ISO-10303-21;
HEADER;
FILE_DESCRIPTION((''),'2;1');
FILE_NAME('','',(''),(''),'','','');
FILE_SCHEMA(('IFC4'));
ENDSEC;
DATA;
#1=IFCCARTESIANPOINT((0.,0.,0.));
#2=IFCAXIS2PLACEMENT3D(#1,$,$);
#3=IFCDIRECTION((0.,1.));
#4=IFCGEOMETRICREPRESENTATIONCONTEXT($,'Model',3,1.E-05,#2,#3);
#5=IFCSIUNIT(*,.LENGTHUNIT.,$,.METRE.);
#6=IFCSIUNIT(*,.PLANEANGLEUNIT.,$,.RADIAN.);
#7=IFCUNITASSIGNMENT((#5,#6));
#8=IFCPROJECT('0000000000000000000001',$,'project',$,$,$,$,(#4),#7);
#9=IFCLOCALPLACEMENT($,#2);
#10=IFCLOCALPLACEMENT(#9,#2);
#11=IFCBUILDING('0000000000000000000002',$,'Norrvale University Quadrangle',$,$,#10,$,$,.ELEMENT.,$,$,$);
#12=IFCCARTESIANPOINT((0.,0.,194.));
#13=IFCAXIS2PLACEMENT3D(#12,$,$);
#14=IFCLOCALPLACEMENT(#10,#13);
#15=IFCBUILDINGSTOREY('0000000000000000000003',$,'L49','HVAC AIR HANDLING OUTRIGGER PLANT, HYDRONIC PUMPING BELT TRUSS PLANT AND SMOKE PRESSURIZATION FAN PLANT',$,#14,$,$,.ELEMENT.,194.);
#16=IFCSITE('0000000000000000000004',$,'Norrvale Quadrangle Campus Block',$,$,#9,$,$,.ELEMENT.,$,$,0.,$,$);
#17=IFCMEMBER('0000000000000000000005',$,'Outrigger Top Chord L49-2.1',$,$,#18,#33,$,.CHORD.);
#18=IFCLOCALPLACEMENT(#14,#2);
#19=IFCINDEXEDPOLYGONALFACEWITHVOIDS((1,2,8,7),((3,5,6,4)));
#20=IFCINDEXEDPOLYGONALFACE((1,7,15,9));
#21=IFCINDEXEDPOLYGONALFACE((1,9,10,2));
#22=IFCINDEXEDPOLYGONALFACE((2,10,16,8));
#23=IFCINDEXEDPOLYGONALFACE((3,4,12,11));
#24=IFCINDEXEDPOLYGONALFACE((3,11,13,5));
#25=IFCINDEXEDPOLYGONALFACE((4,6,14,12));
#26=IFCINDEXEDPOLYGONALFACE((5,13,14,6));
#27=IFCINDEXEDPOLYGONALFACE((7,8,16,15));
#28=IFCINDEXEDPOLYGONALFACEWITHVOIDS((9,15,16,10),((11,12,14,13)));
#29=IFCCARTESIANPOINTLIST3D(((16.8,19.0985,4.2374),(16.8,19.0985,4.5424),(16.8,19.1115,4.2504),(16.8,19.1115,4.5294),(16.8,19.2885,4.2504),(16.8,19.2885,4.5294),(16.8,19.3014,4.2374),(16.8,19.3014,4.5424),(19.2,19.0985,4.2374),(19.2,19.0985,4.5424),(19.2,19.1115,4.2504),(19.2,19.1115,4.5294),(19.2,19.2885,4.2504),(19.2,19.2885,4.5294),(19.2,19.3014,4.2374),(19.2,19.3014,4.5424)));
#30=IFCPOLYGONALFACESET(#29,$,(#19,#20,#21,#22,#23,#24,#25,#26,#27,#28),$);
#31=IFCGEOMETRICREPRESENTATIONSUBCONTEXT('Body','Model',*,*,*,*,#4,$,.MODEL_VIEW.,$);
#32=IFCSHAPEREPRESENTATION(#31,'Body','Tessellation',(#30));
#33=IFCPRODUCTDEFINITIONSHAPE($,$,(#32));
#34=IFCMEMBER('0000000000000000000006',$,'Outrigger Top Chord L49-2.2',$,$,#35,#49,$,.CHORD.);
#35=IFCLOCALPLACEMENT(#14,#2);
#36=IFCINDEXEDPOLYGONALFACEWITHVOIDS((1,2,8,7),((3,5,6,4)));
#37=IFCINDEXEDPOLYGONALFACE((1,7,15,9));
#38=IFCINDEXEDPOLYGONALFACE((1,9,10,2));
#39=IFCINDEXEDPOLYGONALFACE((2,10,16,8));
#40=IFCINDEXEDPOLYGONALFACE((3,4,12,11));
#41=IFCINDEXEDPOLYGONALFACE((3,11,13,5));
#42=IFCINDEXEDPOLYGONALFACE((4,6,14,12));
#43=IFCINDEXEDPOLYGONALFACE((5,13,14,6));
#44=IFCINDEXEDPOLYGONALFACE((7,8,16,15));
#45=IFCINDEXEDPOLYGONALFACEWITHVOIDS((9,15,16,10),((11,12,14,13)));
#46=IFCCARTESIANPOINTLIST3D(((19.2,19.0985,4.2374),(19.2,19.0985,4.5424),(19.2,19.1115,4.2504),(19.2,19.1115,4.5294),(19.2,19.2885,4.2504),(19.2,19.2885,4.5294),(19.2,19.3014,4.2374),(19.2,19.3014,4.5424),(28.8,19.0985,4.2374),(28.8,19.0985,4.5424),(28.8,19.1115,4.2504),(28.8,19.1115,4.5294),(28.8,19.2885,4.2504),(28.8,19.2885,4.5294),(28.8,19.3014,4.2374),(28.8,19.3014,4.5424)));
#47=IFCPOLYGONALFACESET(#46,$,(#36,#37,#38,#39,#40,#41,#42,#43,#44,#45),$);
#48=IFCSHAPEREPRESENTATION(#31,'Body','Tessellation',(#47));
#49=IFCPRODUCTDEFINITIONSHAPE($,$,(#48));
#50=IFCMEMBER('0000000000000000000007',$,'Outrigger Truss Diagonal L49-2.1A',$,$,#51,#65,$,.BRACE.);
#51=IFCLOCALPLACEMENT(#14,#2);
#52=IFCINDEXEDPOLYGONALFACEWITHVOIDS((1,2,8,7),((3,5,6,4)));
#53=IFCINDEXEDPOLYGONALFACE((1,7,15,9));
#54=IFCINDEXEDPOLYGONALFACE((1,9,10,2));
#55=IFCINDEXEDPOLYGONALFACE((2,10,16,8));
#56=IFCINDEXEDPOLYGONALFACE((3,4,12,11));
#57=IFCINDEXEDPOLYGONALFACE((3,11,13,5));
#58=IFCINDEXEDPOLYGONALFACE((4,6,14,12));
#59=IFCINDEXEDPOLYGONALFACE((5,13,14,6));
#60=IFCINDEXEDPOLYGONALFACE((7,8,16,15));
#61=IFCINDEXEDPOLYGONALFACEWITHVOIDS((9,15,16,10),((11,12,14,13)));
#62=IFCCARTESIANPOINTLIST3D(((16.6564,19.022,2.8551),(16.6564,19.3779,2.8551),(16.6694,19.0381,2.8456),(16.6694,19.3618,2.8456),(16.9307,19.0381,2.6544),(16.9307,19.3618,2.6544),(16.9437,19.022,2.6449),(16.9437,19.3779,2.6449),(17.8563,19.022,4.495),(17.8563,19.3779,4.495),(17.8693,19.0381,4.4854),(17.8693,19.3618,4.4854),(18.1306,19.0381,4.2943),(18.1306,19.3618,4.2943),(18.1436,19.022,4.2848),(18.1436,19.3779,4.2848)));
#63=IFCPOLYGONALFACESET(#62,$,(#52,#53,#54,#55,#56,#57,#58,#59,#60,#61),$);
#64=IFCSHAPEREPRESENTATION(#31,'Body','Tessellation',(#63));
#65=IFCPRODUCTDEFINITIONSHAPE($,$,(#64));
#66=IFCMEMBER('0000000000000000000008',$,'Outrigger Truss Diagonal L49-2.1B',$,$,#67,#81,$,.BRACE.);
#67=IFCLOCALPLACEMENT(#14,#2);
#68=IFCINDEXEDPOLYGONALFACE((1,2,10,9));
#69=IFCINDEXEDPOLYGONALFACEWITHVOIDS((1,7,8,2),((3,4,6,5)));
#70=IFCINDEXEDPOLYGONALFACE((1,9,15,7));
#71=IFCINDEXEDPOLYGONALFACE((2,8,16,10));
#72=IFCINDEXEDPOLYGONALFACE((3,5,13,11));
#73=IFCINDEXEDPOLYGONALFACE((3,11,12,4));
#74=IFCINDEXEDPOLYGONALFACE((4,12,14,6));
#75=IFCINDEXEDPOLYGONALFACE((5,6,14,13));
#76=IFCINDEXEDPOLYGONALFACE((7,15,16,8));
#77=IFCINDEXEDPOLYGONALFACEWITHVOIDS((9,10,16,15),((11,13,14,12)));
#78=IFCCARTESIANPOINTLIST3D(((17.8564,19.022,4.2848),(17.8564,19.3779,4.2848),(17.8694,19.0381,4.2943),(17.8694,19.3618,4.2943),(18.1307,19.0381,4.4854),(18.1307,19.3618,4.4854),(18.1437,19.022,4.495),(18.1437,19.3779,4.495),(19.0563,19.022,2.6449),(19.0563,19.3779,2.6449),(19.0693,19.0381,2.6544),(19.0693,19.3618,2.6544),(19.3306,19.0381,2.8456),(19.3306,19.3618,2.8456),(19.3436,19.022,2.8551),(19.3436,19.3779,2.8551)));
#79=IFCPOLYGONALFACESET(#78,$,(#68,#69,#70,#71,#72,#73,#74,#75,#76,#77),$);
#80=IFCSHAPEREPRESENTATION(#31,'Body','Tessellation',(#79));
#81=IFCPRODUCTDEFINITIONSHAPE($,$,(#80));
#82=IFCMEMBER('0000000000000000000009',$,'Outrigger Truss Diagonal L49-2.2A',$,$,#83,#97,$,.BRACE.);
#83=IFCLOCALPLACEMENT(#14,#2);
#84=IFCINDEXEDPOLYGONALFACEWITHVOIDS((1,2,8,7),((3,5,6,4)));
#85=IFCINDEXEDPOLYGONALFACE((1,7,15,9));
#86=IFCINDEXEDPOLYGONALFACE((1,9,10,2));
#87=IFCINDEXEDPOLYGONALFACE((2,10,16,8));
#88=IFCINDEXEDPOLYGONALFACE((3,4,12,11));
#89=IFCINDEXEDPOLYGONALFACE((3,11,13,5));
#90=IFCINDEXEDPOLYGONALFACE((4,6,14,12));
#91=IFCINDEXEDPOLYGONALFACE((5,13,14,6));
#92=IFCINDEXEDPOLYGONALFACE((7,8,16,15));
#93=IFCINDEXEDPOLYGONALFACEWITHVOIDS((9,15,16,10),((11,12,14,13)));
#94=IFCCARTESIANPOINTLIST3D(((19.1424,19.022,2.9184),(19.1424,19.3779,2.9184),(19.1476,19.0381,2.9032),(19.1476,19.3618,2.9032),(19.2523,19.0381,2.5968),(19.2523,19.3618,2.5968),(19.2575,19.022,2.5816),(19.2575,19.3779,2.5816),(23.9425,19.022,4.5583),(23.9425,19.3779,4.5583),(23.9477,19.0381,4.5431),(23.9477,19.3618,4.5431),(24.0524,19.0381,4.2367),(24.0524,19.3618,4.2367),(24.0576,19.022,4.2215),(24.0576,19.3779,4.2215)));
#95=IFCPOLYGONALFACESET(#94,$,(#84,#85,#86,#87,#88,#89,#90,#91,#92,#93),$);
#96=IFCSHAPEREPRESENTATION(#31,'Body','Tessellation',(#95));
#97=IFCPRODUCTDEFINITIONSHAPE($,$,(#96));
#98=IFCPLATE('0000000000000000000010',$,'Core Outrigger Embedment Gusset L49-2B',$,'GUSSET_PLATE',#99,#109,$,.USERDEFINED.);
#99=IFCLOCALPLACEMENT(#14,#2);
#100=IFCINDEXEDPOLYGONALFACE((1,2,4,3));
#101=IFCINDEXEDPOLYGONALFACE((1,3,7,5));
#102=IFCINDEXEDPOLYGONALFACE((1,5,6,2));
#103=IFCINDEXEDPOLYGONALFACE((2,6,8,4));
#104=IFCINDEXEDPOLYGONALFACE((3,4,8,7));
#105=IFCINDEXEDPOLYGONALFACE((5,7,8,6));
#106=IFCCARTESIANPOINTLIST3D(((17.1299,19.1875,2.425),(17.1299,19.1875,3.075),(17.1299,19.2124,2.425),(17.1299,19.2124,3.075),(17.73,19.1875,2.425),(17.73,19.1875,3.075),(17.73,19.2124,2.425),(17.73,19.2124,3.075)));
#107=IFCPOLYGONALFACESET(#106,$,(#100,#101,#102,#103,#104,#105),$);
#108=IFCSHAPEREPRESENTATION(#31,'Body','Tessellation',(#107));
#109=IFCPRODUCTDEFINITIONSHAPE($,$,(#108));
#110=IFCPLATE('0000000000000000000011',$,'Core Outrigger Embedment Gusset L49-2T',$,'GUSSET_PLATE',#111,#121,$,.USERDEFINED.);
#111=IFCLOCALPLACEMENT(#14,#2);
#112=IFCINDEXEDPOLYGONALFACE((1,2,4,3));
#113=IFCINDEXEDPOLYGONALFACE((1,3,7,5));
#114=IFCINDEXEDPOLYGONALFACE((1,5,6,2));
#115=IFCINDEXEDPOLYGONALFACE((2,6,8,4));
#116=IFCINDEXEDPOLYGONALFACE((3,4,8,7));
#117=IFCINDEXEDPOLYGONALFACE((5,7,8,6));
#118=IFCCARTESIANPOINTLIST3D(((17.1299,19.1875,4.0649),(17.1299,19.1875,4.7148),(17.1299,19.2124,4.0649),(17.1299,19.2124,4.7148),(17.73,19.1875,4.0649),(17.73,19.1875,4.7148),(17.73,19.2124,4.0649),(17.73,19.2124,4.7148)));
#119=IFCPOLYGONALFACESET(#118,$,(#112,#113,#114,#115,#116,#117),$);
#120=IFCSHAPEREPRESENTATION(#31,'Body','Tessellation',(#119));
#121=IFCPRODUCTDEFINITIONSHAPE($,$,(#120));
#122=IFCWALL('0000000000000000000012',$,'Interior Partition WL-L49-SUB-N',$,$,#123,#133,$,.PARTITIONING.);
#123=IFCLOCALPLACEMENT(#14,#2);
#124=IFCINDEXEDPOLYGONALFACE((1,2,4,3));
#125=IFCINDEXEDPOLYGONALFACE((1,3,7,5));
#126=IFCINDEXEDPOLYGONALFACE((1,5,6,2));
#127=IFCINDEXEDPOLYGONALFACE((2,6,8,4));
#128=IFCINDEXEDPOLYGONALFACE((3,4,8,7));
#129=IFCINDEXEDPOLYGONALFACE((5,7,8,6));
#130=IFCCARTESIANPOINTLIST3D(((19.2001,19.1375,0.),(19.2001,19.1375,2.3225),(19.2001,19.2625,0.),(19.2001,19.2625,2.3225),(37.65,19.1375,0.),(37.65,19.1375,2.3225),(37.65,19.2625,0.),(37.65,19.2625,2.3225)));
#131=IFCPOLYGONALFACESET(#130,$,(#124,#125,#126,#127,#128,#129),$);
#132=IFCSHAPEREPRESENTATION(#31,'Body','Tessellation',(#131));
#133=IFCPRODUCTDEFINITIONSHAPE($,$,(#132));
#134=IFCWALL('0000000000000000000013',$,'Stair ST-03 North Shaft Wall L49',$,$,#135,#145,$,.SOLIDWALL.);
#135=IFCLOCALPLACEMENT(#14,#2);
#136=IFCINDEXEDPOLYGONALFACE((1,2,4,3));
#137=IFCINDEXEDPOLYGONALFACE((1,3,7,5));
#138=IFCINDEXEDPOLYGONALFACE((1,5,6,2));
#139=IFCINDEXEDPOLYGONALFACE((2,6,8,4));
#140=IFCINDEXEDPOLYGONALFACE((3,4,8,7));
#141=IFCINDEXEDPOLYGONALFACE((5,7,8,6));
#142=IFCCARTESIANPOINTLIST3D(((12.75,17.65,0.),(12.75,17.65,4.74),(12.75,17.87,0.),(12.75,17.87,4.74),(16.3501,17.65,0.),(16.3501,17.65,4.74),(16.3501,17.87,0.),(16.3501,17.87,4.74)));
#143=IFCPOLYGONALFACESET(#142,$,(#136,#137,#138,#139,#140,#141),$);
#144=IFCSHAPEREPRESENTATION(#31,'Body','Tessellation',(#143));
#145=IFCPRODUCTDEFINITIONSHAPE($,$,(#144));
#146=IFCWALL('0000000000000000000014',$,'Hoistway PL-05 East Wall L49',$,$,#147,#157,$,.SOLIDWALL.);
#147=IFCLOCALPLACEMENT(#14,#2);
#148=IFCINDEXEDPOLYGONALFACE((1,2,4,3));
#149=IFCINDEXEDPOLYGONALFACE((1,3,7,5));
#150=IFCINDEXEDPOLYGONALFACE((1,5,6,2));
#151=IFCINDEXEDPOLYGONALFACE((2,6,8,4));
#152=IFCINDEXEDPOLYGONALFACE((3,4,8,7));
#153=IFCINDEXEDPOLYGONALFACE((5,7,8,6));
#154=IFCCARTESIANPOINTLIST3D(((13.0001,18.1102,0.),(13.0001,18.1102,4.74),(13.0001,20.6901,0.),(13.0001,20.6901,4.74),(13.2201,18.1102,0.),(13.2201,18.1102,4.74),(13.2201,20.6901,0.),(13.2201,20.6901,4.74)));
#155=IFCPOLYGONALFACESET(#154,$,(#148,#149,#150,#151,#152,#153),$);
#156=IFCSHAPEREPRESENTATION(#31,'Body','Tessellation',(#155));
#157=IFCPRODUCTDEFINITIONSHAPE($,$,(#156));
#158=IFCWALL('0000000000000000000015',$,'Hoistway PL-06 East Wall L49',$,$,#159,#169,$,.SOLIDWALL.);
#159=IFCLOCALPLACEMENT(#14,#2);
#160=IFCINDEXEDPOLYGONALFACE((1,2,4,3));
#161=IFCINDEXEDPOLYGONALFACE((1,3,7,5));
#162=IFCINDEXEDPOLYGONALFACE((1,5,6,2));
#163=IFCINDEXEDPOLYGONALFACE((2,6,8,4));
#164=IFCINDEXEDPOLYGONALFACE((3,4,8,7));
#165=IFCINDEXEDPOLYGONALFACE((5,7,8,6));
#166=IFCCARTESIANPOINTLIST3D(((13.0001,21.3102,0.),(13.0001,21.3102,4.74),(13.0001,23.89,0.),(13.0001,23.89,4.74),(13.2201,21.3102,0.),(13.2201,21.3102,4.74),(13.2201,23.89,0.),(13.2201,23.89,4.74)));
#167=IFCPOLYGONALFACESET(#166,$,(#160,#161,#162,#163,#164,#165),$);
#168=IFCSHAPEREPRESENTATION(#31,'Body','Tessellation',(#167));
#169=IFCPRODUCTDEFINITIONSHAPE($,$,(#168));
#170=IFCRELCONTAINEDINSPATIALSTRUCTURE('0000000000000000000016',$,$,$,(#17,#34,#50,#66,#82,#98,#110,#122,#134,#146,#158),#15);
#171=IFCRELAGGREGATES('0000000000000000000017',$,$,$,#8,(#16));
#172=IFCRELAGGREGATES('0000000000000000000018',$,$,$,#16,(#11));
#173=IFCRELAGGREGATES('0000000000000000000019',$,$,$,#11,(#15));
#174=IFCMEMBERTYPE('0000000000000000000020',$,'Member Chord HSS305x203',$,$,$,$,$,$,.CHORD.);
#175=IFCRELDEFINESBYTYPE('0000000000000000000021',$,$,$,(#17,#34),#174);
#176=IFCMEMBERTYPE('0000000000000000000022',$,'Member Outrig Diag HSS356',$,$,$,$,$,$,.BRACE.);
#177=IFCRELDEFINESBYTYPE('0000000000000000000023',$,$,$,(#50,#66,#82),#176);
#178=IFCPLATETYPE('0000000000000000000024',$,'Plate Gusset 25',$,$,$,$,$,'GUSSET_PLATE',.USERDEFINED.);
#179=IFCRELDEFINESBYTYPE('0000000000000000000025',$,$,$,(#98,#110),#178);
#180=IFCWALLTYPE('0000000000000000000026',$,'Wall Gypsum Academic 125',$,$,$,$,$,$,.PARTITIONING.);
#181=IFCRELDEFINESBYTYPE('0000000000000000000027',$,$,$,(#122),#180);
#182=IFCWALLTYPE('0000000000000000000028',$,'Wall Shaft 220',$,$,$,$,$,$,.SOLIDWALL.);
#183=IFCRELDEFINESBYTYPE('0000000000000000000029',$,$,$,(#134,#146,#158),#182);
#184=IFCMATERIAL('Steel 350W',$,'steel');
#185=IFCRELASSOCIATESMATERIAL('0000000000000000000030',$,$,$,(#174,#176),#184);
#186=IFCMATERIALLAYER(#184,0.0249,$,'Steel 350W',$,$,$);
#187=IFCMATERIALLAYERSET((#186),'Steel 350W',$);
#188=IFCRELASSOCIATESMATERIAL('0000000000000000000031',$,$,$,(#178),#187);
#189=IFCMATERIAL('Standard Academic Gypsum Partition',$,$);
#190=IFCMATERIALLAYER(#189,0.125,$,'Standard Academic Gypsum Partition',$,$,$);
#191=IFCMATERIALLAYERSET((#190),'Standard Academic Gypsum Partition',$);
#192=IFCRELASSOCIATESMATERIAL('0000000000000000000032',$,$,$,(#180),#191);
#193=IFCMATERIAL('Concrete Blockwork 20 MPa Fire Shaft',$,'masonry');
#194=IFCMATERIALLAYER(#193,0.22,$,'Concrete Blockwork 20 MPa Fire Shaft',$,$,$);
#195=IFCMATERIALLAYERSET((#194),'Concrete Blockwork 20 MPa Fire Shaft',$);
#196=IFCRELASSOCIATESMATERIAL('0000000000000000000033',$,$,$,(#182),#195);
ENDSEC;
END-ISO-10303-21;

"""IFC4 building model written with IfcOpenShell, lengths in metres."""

from ifc_helpers import new_model, si_unit, direction, frame, frame_2d, origin, origin_2d, place, context, subcontext, project, spatial, rectangle, hollow_rectangle, extrude, material, layer, layer_set, material_profile, profile_set, type_object, element, save


model = new_model("IFC4")

# Units and contexts
model_context = context("Model", 3, precision=1e-05, world=origin(), true_north=direction((0.0, 1.0)))
body_context = subcontext(model_context, "Body", "Model", "MODEL_VIEW")
ifc_project = project(units=[si_unit("LENGTHUNIT", "METRE"), si_unit("PLANEANGLEUNIT", "RADIAN")], contexts=[model_context])

# Site, building, storey
site_placement = place(None, origin())
site = spatial("IfcSite", under=ifc_project, at=site_placement, Name="Norrvale Quadrangle Campus Block", CompositionType="ELEMENT", RefElevation=0.0)
building_placement = place(site_placement, origin())
building = spatial("IfcBuilding", under=site, at=building_placement, Name="Norrvale University Quadrangle", CompositionType="ELEMENT")
storey_placement = place(building_placement, frame((0.0, 0.0, 194.0)))
storey = spatial("IfcBuildingStorey", under=building, at=storey_placement, Name="L49", Description="HVAC AIR HANDLING OUTRIGGER PLANT, HYDRONIC PUMPING BELT TRUSS PLANT AND SMOKE PRESSURIZATION FAN PLANT", CompositionType="ELEMENT", Elevation=194.0)

# Shared definitions
ifc_material_1 = material(Name="Steel 350W", Category="steel")

# Members
ifc_material_profile_1 = material_profile(ifc_material_1, hollow_rectangle(XDim=0.2029, YDim=0.3049, WallThickness=0.0129, at=origin_2d()), Name="Steel 350W")
ifc_profile_set_1 = profile_set([ifc_material_profile_1], Name="Steel 350W")
member_type_1 = type_object("IfcMemberType", Name="Member Chord HSS305x203", PredefinedType="CHORD", material=ifc_profile_set_1)
member_1_placement = place(storey_placement, frame((16.8, 19.2, 4.3899), z_axis=(1.0, 0.0, 0.0), x_axis=(0.0, 1.0, 0.0)))
element("IfcMember", 1, at=member_1_placement, inside=storey, type_object=member_type_1, Name="Outrigger Top Chord L49-2.1", PredefinedType="CHORD", context=body_context, shape_type="SweptSolid", body=[
    extrude(hollow_rectangle(XDim=0.2029, YDim=0.3049, WallThickness=0.0129, at=origin_2d()), origin(), (0.0, 0.0, 1.0), 2.3999),
])
member_2_placement = place(storey_placement, frame((19.2, 19.2, 4.3899), z_axis=(1.0, 0.0, 0.0), x_axis=(0.0, 1.0, 0.0)))
element("IfcMember", 2, at=member_2_placement, inside=storey, type_object=member_type_1, Name="Outrigger Top Chord L49-2.2", PredefinedType="CHORD", context=body_context, shape_type="SweptSolid", body=[
    extrude(hollow_rectangle(XDim=0.2029, YDim=0.3049, WallThickness=0.0129, at=origin_2d()), origin(), (0.0, 0.0, 1.0), 9.6001),
])
ifc_material_profile_2 = material_profile(ifc_material_1, hollow_rectangle(XDim=0.356, YDim=0.356, WallThickness=0.0161, at=origin_2d()), Name="Steel 350W")
ifc_profile_set_2 = profile_set([ifc_material_profile_2], Name="Steel 350W")
member_type_2 = type_object("IfcMemberType", Name="Member Outrig Diag HSS356", PredefinedType="BRACE", material=ifc_profile_set_2)
for number, where, z_axis, x_axis, name in (
    (3, (16.8, 19.2, 2.75), (0.59052, 0.0, 0.807023), (0.0, 1.0, 0.0), "Outrigger Truss Diagonal L49-2.1A"),
    (4, (19.2, 19.2, 2.75), (-0.59052, 0.0, 0.807023), (0.0, -1.0, 0.0), "Outrigger Truss Diagonal L49-2.1B"),
):
    element("IfcMember", number, at=place(storey_placement, frame(where, z_axis=z_axis, x_axis=x_axis)), inside=storey, type_object=member_type_2, Name=name, PredefinedType="BRACE", context=body_context, shape_type="SweptSolid", body=[
        extrude(hollow_rectangle(XDim=0.356, YDim=0.356, WallThickness=0.0161, at=origin_2d()), origin(), (0.0, 0.0, 1.0), 2.032),
    ])
member_3_placement = place(storey_placement, frame((19.2, 19.2, 2.75), z_axis=(0.946299, 0.0, 0.323294), x_axis=(0.0, 1.0, 0.0)))
element("IfcMember", 5, at=member_3_placement, inside=storey, type_object=member_type_2, Name="Outrigger Truss Diagonal L49-2.2A", PredefinedType="BRACE", context=body_context, shape_type="SweptSolid", body=[
    extrude(hollow_rectangle(XDim=0.356, YDim=0.356, WallThickness=0.0161, at=origin_2d()), origin(), (0.0, 0.0, 1.0), 5.0725),
])

# Plates
ifc_layer_1 = layer(ifc_material_1, 0.0249, Name="Steel 350W")
ifc_layer_set_1 = layer_set([ifc_layer_1], Name="Steel 350W")
plate_type = type_object("IfcPlateType", Name="Plate Gusset 25", ElementType="GUSSET_PLATE", PredefinedType="USERDEFINED", material=ifc_layer_set_1)
for number, where, z_axis, x_axis, name in (
    (6, (17.4299, 19.2, 2.425), (0.0, 0.0, 1.0), (1.0, 0.0, 0.0), "Core Outrigger Embedment Gusset L49-2B"),
    (7, (17.4299, 19.2, 4.0649), (0.0, 0.0, 1.0), (1.0, 0.0, 0.0), "Core Outrigger Embedment Gusset L49-2T"),
):
    element("IfcPlate", number, at=place(storey_placement, frame(where, z_axis=z_axis, x_axis=x_axis)), inside=storey, type_object=plate_type, Name=name, ObjectType="GUSSET_PLATE", PredefinedType="USERDEFINED", context=body_context, shape_type="SweptSolid", body=[
        extrude(rectangle(XDim=0.6001, YDim=0.0249, at=origin_2d()), origin(), (0.0, 0.0, 1.0), 0.6499),
    ])

# Walls
ifc_material_2 = material(Name="Standard Academic Gypsum Partition")
ifc_layer_2 = layer(ifc_material_2, 0.125, Name="Standard Academic Gypsum Partition")
ifc_layer_set_2 = layer_set([ifc_layer_2], Name="Standard Academic Gypsum Partition")
wall_type_1 = type_object("IfcWallType", Name="Wall Gypsum Academic 125", PredefinedType="PARTITIONING", material=ifc_layer_set_2)
wall_1_placement = place(storey_placement, frame((19.2, 19.2, 0.0), z_axis=(0.0, 0.0, 1.0), x_axis=(1.0, 0.0, 0.0)))
element("IfcWall", 8, at=wall_1_placement, inside=storey, type_object=wall_type_1, Name="Interior Partition WL-L49-SUB-N", PredefinedType="PARTITIONING", context=body_context, shape_type="SweptSolid", body=[
    extrude(rectangle(XDim=18.45, YDim=0.125, at=frame_2d((9.2251, 0.0))), origin(), (0.0, 0.0, 1.0), 2.3225),
])
ifc_material_3 = material(Name="Concrete Blockwork 20 MPa Fire Shaft", Category="masonry")
ifc_layer_3 = layer(ifc_material_3, 0.22, Name="Concrete Blockwork 20 MPa Fire Shaft")
ifc_layer_set_3 = layer_set([ifc_layer_3], Name="Concrete Blockwork 20 MPa Fire Shaft")
wall_type_2 = type_object("IfcWallType", Name="Wall Shaft 220", PredefinedType="SOLIDWALL", material=ifc_layer_set_3)
wall_2_placement = place(storey_placement, frame((12.75, 17.76, 0.0), z_axis=(0.0, 0.0, 1.0), x_axis=(1.0, 0.0, 0.0)))
element("IfcWall", 9, at=wall_2_placement, inside=storey, type_object=wall_type_2, Name="Stair ST-03 North Shaft Wall L49", PredefinedType="SOLIDWALL", context=body_context, shape_type="SweptSolid", body=[
    extrude(rectangle(XDim=3.6001, YDim=0.22, at=frame_2d((1.8, 0.0))), origin(), (0.0, 0.0, 1.0), 4.74),
])
for number, where, z_axis, x_axis, name in (
    (10, (13.1101, 18.1101, 0.0), (0.0, 0.0, 1.0), (0.0, 1.0, 0.0), "Hoistway PL-05 East Wall L49"),
    (11, (13.1101, 21.3101, 0.0), (0.0, 0.0, 1.0), (0.0, 1.0, 0.0), "Hoistway PL-06 East Wall L49"),
):
    element("IfcWall", number, at=place(storey_placement, frame(where, z_axis=z_axis, x_axis=x_axis)), inside=storey, type_object=wall_type_2, Name=name, PredefinedType="SOLIDWALL", context=body_context, shape_type="SweptSolid", body=[
        extrude(rectangle(XDim=2.5798, YDim=0.22, at=frame_2d((1.29, 0.0))), origin(), (0.0, 0.0, 1.0), 4.74),
    ])

save(model, "model.ifc")
